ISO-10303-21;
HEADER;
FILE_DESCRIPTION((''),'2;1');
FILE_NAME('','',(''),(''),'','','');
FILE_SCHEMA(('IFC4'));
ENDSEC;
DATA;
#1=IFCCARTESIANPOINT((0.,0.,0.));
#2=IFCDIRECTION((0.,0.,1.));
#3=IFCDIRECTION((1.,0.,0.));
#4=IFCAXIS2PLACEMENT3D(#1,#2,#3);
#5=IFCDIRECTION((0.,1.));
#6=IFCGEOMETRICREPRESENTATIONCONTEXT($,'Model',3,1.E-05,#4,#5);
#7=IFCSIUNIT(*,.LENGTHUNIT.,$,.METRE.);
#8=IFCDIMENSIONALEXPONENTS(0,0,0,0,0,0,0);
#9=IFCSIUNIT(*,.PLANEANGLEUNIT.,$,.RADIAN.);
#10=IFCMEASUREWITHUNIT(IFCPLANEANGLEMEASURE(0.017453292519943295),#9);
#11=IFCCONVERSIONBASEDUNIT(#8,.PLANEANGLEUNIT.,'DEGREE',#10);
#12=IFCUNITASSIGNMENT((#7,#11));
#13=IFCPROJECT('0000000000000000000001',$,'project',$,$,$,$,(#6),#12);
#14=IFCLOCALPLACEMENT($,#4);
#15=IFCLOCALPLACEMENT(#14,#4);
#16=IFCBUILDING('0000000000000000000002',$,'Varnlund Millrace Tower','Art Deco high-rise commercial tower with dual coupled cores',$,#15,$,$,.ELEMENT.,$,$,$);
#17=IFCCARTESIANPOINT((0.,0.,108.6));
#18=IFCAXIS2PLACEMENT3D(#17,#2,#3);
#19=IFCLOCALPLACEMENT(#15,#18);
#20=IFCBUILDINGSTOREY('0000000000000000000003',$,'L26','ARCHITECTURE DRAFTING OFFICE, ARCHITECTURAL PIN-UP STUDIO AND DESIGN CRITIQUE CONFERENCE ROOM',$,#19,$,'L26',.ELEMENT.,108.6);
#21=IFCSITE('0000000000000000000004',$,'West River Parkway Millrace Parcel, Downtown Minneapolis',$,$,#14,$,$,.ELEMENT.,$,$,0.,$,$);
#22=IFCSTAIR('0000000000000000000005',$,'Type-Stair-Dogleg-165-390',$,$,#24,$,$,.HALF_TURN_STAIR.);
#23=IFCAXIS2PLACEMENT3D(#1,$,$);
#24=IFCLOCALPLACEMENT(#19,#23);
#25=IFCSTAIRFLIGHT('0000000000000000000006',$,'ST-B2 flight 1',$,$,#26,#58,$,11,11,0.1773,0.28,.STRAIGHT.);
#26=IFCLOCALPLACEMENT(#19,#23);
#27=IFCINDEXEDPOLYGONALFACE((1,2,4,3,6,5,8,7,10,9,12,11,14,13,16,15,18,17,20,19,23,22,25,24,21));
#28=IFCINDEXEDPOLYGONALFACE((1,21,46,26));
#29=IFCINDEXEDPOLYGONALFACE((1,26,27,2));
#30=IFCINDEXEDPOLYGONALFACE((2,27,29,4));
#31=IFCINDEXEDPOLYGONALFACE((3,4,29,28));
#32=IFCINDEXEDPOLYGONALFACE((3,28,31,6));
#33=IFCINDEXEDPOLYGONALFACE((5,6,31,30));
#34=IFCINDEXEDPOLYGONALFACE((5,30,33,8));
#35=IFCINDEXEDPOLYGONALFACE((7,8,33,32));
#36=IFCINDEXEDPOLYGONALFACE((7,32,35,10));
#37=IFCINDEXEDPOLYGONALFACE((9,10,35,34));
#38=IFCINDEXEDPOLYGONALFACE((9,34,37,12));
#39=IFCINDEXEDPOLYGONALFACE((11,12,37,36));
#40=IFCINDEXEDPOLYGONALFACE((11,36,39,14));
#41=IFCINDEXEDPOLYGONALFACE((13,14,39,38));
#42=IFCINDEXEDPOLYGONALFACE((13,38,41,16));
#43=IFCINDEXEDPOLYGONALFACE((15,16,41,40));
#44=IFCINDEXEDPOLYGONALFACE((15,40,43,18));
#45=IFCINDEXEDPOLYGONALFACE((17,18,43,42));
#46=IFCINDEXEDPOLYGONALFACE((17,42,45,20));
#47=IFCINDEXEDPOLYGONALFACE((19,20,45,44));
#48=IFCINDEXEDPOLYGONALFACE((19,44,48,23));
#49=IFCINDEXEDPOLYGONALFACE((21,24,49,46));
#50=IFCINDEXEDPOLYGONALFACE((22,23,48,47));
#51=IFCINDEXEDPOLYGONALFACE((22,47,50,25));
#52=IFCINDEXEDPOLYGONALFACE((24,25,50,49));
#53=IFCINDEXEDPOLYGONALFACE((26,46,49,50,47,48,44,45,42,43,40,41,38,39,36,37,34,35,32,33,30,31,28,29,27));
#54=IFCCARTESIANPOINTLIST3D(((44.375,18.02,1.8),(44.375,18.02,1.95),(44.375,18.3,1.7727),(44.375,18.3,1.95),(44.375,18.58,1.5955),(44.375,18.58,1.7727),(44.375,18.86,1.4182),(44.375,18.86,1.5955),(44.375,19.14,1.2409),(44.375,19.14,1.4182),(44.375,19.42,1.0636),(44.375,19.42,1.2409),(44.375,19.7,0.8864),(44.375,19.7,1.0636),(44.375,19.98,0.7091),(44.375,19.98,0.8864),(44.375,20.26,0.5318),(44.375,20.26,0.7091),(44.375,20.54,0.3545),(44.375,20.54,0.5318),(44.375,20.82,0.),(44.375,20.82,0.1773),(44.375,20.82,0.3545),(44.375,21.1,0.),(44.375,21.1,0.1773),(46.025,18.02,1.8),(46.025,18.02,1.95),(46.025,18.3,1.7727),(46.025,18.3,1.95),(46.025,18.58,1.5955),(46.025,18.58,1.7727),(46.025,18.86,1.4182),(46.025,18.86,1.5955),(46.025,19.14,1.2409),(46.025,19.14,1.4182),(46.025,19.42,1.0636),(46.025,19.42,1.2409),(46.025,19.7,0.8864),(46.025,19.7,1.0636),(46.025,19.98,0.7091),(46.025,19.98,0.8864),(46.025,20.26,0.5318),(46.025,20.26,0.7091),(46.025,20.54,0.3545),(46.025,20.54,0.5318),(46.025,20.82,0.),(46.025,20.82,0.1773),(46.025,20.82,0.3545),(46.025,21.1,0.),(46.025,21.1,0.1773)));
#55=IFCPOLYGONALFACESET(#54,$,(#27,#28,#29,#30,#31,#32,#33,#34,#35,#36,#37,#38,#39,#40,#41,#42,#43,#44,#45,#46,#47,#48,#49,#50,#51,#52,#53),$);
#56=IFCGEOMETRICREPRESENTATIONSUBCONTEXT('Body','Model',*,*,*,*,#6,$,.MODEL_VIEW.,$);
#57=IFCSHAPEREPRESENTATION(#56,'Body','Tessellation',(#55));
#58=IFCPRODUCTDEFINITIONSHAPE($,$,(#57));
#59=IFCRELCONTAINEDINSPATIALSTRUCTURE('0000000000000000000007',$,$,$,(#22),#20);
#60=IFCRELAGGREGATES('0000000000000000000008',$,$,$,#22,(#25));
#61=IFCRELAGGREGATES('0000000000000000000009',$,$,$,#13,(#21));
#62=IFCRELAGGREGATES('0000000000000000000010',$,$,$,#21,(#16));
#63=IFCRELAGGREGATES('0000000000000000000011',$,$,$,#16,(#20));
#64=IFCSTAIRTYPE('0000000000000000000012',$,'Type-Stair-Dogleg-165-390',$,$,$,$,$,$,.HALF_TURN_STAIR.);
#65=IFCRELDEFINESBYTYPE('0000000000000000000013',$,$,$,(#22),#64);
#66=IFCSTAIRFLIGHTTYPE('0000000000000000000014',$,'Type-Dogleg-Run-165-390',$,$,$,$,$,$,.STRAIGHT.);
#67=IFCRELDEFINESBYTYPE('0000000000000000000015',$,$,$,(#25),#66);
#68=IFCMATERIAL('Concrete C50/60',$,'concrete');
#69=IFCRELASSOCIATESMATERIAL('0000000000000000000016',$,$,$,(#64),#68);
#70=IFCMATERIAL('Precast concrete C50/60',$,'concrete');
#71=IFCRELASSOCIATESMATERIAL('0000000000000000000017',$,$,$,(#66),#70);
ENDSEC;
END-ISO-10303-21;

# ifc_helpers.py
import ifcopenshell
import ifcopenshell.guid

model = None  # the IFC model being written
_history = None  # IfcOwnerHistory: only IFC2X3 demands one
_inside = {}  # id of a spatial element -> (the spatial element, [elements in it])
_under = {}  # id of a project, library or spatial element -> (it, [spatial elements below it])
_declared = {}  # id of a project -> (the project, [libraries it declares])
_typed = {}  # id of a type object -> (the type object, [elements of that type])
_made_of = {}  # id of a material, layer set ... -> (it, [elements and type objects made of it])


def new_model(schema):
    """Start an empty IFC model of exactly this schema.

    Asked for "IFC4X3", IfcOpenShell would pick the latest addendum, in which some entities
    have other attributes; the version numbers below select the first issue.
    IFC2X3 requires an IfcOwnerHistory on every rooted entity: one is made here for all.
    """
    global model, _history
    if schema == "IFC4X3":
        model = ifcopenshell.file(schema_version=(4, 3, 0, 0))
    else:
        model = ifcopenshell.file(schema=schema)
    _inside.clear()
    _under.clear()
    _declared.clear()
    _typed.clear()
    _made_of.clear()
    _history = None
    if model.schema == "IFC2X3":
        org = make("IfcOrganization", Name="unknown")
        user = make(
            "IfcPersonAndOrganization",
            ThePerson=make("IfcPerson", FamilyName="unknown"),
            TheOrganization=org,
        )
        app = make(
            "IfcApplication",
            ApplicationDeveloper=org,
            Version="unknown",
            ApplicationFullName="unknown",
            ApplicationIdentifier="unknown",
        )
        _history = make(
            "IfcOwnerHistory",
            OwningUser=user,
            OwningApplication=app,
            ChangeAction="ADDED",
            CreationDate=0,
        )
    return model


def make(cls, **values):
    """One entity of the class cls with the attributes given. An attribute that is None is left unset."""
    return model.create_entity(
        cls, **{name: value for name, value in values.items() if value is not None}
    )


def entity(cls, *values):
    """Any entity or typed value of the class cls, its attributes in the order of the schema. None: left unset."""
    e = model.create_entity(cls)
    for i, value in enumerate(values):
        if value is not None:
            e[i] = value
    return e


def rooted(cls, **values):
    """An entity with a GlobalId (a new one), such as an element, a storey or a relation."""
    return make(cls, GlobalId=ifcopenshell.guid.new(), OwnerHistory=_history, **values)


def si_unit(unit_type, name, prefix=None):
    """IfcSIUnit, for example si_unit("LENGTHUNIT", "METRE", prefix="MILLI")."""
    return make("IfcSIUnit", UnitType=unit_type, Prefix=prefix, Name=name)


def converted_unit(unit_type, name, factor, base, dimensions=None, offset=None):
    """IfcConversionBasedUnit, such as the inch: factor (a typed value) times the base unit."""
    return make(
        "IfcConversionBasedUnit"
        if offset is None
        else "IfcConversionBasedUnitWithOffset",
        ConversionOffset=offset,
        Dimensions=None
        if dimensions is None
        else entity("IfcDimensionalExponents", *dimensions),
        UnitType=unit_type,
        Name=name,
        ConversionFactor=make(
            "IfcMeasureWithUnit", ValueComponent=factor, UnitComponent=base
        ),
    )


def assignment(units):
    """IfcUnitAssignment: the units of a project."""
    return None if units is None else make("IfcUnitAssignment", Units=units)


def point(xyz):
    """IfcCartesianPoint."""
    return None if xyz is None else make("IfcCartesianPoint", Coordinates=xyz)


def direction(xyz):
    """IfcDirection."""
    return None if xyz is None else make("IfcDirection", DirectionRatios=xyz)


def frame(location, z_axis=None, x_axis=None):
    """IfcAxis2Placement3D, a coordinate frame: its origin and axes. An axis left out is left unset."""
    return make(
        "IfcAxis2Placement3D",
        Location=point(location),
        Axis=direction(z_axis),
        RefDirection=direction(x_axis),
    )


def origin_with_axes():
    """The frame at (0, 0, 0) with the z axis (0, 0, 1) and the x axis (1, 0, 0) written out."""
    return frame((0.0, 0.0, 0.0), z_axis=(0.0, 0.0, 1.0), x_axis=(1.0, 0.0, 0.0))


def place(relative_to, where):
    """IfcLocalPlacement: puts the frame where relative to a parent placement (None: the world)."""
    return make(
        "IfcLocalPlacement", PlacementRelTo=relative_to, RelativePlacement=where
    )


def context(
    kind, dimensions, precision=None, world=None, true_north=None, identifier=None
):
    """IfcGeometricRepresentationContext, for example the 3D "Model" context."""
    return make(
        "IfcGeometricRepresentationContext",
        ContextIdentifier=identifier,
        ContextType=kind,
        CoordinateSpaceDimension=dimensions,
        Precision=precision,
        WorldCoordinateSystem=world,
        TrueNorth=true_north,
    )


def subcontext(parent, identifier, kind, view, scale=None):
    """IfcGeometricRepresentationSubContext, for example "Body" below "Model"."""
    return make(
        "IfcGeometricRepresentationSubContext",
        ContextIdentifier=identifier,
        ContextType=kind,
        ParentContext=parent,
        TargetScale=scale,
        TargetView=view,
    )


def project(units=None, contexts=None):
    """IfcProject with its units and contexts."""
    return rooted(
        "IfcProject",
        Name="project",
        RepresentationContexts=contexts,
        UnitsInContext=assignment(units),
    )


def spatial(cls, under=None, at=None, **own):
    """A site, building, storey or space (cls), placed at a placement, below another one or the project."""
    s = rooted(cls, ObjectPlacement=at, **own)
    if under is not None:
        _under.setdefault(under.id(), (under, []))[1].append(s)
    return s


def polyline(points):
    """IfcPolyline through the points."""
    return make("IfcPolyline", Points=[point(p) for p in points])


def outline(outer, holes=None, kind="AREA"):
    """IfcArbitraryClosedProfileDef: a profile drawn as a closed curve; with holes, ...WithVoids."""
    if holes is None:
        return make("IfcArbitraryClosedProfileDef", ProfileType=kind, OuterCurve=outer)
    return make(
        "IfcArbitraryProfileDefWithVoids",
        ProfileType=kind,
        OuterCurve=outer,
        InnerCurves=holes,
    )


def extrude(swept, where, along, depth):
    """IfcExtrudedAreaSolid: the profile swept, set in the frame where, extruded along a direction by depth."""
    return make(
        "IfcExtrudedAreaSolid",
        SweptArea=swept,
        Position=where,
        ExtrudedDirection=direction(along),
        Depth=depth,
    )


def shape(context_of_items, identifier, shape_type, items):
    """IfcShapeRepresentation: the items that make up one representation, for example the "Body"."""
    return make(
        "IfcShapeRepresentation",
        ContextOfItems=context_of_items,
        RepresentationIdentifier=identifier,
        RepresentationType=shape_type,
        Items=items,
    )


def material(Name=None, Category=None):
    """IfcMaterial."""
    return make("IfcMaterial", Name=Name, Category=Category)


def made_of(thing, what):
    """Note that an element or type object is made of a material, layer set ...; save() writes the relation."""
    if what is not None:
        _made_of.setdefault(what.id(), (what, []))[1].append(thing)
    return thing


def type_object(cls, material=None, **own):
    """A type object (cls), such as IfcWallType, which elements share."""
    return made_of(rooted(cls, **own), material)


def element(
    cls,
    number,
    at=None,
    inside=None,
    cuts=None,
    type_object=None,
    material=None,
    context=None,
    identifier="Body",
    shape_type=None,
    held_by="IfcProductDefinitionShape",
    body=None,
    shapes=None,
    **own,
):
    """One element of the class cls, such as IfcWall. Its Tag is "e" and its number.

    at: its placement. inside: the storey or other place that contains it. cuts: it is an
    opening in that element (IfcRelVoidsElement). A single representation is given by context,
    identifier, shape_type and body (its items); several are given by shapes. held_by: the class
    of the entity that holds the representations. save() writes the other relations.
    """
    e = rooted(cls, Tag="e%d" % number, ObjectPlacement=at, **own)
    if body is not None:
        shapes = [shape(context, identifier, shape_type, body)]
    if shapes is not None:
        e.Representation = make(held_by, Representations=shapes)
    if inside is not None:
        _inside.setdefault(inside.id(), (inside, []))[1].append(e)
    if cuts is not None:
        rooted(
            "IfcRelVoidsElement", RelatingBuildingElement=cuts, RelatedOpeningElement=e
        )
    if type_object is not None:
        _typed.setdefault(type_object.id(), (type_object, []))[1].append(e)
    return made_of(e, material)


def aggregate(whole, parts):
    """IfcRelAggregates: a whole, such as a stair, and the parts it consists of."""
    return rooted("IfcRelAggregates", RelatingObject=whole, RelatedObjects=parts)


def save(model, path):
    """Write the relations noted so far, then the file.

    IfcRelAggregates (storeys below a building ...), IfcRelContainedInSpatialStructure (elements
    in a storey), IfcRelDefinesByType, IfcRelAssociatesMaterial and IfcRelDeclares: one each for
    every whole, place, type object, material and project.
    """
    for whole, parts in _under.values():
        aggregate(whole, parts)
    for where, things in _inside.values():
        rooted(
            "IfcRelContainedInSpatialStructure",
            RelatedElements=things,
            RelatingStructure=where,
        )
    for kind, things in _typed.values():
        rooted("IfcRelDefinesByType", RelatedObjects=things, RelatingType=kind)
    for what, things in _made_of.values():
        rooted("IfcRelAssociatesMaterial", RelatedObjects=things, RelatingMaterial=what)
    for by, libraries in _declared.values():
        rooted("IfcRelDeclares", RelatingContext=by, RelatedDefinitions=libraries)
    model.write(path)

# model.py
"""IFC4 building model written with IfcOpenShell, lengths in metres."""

from ifc_helpers import new_model, entity, si_unit, converted_unit, direction, frame, origin_with_axes, place, context, subcontext, project, spatial, polyline, outline, extrude, material, type_object, element, aggregate, save


model = new_model("IFC4")

# Units and contexts
model_context = context("Model", 3, precision=1e-05, world=origin_with_axes(), true_north=direction((0.0, 1.0)))
body_context = subcontext(model_context, "Body", "Model", "MODEL_VIEW")
ifc_project = project(units=[si_unit("LENGTHUNIT", "METRE"), converted_unit("PLANEANGLEUNIT", "DEGREE", entity("IfcPlaneAngleMeasure", 0.017453292519943295), si_unit("PLANEANGLEUNIT", "RADIAN"), dimensions=[0, 0, 0, 0, 0, 0, 0])], contexts=[model_context])

# Site, building, storey
site_placement = place(None, origin_with_axes())
site = spatial("IfcSite", under=ifc_project, at=site_placement, Name="West River Parkway Millrace Parcel, Downtown Minneapolis", CompositionType="ELEMENT", RefElevation=0.0)
building_placement = place(site_placement, origin_with_axes())
building = spatial("IfcBuilding", under=site, at=building_placement, Name="Varnlund Millrace Tower", Description="Art Deco high-rise commercial tower with dual coupled cores", CompositionType="ELEMENT")
storey_placement = place(building_placement, frame((0.0, 0.0, 108.6), z_axis=(0.0, 0.0, 1.0), x_axis=(1.0, 0.0, 0.0)))
storey = spatial("IfcBuildingStorey", under=building, at=storey_placement, Name="L26", Description="ARCHITECTURE DRAFTING OFFICE, ARCHITECTURAL PIN-UP STUDIO AND DESIGN CRITIQUE CONFERENCE ROOM", LongName="L26", CompositionType="ELEMENT", Elevation=108.6)

# Stair, stair flight
ifc_material_1 = material(Name="Concrete C50/60", Category="concrete")
stair_type = type_object("IfcStairType", Name="Type-Stair-Dogleg-165-390", PredefinedType="HALF_TURN_STAIR", material=ifc_material_1)
ifc_material_2 = material(Name="Precast concrete C50/60", Category="concrete")
stair_flight_type = type_object("IfcStairFlightType", Name="Type-Dogleg-Run-165-390", PredefinedType="STRAIGHT", material=ifc_material_2)
stair_1_placement = place(storey_placement, origin_with_axes())
stair_1 = element("IfcStair", 1, at=stair_1_placement, inside=storey, type_object=stair_type, Name="Type-Stair-Dogleg-165-390", PredefinedType="HALF_TURN_STAIR")
stair_flight_1_placement = place(storey_placement, frame((46.025, 21.1, 0.0), z_axis=(-1.0, 0.0, 0.0), x_axis=(0.0, -1.0, 0.0)))
stair_flight_1 = element("IfcStairFlight", 2, at=stair_flight_1_placement, type_object=stair_flight_type, Name="ST-B2 flight 1", NumberOfRisers=11, NumberOfTreads=11, PredefinedType="STRAIGHT", RiserHeight=0.1773, TreadLength=0.28, context=body_context, shape_type="SweptSolid", body=[
    extrude(outline(polyline([(0.0, 0.0), (0.0, 0.1773), (0.28, 0.1773), (0.28, 0.3545), (0.56, 0.3545), (0.56, 0.5318), (0.84, 0.5318), (0.84, 0.7091), (1.12, 0.7091), (1.12, 0.8864), (1.4, 0.8864), (1.4, 1.0636), (1.68, 1.0636), (1.68, 1.2409), (1.96, 1.2409), (1.96, 1.4182), (2.24, 1.4182), (2.24, 1.5955), (2.52, 1.5955), (2.52, 1.7727), (2.8, 1.7727), (2.8, 1.95), (3.08, 1.95), (3.08, 1.8), (0.28, 0.0), (0.0, 0.0)])), origin_with_axes(), (0.0, 0.0, 1.0), 1.65),
])
aggregate(stair_1, [stair_flight_1])

save(model, "model.ifc")
